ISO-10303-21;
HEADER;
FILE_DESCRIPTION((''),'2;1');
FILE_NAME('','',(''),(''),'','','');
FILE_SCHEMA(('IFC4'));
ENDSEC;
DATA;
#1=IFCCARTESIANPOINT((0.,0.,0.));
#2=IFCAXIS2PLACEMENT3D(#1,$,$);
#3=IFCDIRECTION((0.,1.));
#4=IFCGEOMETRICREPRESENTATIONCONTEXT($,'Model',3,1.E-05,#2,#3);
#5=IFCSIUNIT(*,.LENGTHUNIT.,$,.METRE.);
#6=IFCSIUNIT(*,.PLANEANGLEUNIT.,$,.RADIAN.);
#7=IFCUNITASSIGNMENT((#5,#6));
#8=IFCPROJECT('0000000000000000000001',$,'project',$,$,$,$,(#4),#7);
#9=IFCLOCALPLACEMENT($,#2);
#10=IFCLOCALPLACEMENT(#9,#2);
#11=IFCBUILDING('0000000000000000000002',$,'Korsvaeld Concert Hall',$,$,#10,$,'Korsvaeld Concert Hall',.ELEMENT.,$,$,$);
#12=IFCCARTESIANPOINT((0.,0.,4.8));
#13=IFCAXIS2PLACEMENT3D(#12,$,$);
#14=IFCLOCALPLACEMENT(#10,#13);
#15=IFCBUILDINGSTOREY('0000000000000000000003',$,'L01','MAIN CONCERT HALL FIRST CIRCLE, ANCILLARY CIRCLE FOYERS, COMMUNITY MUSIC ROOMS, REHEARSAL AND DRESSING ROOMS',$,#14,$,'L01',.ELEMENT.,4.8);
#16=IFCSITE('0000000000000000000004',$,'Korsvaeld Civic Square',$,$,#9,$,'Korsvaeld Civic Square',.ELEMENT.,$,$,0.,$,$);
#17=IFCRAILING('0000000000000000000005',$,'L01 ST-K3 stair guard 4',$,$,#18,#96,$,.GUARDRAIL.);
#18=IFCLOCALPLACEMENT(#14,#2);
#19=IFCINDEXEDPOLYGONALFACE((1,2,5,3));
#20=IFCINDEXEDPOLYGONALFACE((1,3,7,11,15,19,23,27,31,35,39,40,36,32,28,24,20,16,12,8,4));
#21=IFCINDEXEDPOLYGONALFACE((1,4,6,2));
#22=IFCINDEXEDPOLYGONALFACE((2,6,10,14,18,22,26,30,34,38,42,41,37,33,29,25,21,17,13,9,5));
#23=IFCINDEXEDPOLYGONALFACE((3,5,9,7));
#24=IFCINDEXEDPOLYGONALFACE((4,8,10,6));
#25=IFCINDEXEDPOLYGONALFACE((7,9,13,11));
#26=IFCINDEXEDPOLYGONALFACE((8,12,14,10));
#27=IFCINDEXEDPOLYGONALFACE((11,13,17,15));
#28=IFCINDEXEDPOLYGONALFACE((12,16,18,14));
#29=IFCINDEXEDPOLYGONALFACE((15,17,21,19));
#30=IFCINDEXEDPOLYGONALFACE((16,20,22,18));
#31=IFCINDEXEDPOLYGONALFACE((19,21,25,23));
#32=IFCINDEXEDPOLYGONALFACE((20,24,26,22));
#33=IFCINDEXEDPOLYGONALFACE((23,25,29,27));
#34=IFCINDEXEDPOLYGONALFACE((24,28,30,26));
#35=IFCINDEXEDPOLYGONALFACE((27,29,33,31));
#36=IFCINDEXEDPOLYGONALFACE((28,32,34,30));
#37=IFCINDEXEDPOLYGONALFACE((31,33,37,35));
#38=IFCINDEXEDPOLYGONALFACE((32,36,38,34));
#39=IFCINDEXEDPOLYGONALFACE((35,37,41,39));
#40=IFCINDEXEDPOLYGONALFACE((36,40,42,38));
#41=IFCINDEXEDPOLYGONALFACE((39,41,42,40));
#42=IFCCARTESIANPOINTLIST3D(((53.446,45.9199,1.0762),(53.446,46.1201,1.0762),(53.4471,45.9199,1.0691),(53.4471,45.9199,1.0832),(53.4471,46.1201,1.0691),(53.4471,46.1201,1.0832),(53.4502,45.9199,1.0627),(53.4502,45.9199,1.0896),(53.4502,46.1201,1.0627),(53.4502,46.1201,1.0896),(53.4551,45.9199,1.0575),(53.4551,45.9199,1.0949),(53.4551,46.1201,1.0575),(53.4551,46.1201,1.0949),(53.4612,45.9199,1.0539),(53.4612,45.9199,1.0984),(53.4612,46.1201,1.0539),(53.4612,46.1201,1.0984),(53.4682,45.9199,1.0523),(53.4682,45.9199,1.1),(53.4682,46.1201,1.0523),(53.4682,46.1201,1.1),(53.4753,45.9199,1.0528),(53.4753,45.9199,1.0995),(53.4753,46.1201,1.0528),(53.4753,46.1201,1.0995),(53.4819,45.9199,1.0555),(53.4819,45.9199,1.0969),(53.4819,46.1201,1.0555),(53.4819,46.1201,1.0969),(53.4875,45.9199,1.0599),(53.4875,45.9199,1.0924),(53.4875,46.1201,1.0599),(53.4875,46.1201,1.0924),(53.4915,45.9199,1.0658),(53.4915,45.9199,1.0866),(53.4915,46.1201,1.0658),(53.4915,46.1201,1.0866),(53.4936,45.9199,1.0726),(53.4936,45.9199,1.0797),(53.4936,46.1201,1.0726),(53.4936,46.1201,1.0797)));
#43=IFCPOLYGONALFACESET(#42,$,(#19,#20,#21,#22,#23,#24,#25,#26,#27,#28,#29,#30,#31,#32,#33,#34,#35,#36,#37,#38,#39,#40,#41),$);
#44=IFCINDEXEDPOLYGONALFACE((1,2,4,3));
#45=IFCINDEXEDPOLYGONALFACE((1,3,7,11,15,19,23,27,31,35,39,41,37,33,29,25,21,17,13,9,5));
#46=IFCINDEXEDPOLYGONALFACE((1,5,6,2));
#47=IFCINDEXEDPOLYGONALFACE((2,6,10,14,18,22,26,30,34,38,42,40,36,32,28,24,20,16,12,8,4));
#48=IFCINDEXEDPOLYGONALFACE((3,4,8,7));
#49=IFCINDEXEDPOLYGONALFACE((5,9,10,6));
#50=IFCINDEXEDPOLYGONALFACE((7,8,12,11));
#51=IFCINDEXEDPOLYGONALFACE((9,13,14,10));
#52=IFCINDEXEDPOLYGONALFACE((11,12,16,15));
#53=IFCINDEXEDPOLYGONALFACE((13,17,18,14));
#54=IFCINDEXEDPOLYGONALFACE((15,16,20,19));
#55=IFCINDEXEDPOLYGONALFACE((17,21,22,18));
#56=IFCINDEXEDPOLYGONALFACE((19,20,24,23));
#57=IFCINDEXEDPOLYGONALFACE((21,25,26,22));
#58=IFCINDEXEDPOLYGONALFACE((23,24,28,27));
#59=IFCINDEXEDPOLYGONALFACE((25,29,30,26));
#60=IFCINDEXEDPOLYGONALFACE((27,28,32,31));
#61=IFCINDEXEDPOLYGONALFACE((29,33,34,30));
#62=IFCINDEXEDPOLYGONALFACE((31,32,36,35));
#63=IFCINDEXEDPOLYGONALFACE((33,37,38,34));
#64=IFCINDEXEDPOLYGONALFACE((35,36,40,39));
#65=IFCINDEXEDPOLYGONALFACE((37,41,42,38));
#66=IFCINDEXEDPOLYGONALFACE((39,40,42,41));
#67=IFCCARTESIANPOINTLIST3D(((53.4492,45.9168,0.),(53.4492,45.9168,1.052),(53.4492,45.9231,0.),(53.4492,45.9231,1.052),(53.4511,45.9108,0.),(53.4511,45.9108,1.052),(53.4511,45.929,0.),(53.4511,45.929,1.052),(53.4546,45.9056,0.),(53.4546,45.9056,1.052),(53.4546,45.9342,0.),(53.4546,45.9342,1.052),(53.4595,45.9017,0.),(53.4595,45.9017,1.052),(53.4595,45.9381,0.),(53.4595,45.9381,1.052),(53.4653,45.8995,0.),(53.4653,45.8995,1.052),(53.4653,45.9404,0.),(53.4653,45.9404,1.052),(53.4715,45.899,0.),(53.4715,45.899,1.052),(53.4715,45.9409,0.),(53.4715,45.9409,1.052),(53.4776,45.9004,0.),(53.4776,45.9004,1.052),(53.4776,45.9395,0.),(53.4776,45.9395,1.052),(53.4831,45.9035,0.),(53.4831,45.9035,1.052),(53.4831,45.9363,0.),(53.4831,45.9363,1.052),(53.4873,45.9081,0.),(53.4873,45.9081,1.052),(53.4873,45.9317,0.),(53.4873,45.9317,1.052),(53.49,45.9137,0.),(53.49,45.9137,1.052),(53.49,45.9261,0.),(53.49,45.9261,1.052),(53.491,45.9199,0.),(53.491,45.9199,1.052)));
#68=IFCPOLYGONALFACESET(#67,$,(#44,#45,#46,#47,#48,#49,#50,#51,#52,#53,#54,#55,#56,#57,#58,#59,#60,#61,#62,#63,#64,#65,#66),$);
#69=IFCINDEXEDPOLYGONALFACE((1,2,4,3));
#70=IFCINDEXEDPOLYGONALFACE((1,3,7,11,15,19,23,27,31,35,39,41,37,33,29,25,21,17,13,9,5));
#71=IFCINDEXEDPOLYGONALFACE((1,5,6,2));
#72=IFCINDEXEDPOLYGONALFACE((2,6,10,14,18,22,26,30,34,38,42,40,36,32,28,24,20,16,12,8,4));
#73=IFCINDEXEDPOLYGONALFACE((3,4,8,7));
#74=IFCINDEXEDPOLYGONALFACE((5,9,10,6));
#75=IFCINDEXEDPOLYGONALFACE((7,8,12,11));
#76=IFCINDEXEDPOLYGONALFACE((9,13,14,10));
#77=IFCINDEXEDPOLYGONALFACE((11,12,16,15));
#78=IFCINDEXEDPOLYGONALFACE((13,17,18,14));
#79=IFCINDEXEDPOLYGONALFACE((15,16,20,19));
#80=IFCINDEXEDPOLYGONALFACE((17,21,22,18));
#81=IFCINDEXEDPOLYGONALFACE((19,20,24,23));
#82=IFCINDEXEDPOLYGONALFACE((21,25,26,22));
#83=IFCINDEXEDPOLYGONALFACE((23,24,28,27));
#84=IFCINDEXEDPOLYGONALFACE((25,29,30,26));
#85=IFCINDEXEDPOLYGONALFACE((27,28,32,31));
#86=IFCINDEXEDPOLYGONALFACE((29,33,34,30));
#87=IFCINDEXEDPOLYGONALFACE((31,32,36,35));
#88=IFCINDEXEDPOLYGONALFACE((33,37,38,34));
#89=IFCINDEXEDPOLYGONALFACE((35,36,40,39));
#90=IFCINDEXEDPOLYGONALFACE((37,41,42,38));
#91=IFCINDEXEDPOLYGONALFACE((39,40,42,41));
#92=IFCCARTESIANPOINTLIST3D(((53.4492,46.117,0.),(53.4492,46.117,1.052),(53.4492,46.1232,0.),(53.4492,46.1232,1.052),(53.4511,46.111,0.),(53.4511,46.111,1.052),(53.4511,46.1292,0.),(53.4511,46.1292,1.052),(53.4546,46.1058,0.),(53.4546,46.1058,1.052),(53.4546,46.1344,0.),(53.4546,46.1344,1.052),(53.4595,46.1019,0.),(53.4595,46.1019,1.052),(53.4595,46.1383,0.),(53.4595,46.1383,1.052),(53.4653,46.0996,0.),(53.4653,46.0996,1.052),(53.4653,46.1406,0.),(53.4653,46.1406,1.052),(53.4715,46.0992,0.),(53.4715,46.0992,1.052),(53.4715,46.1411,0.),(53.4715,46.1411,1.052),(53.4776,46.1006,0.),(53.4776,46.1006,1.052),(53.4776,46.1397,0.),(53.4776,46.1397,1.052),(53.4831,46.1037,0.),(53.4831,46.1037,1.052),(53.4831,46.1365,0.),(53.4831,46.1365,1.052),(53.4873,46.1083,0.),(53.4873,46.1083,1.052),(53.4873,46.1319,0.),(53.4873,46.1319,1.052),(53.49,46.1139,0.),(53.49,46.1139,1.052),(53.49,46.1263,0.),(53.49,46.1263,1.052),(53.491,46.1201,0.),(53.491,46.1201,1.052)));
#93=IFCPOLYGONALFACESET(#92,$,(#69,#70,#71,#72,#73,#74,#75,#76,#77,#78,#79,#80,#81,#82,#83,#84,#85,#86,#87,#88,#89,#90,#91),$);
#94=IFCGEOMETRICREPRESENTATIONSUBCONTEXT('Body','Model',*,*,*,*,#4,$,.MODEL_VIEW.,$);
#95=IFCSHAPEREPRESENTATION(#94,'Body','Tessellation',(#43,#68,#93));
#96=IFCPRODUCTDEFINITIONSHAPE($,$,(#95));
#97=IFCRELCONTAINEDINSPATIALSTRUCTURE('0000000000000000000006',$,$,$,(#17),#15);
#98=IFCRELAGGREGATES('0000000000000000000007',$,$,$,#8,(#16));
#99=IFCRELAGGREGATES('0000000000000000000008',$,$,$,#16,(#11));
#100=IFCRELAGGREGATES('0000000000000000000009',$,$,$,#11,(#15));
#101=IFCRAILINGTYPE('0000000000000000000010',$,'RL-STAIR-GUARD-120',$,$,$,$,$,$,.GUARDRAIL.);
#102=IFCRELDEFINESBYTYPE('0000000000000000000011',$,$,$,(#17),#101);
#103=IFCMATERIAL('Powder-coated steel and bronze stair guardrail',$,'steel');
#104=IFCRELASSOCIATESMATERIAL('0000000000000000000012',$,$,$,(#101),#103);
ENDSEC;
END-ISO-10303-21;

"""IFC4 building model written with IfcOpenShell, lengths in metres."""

from ifc_helpers import new_model, si_unit, direction, frame, origin, origin_2d, place, context, subcontext, project, spatial, circle, extrude, material, type_object, element, save


model = new_model("IFC4")

# Units and contexts
model_context = context("Model", 3, precision=1e-05, world=origin(), true_north=direction((0.0, 1.0)))
body_context = subcontext(model_context, "Body", "Model", "MODEL_VIEW")
ifc_project = project(units=[si_unit("LENGTHUNIT", "METRE"), si_unit("PLANEANGLEUNIT", "RADIAN")], contexts=[model_context])

# Site, building, storey
site_placement = place(None, origin())
site = spatial("IfcSite", under=ifc_project, at=site_placement, Name="Korsvaeld Civic Square", LongName="Korsvaeld Civic Square", CompositionType="ELEMENT", RefElevation=0.0)
building_placement = place(site_placement, origin())
building = spatial("IfcBuilding", under=site, at=building_placement, Name="Korsvaeld Concert Hall", LongName="Korsvaeld Concert Hall", CompositionType="ELEMENT")
storey_placement = place(building_placement, frame((0.0, 0.0, 4.8)))
storey = spatial("IfcBuildingStorey", under=building, at=storey_placement, Name="L01", Description="MAIN CONCERT HALL FIRST CIRCLE, ANCILLARY CIRCLE FOYERS, COMMUNITY MUSIC ROOMS, REHEARSAL AND DRESSING ROOMS", LongName="L01", CompositionType="ELEMENT", Elevation=4.8)

# Railing
ifc_material_1 = material(Name="Powder-coated steel and bronze stair guardrail", Category="steel")
railing_type_1 = type_object("IfcRailingType", Name="RL-STAIR-GUARD-120", PredefinedType="GUARDRAIL", material=ifc_material_1)
railing_1_placement = place(storey_placement, frame((53.47, 45.9199, 0.0)))
element("IfcRailing", 1, at=railing_1_placement, inside=storey, type_object=railing_type_1, Name="L01 ST-K3 stair guard 4", PredefinedType="GUARDRAIL", context=body_context, shape_type="SweptSolid", body=[
    extrude(circle(Radius=0.0239, at=origin_2d()), frame((0.0, 0.0, 1.0762), z_axis=(0.0, 1.0, 0.0), x_axis=(-1.0, 0.0, 0.0)), (0.0, 0.0, 1.0), 0.2002),
    extrude(circle(Radius=0.021, at=origin_2d()), origin(), (0.0, 0.0, 1.0), 1.052),
    extrude(circle(Radius=0.021, at=origin_2d()), frame((0.0, 0.2002, 0.0)), (0.0, 0.0, 1.0), 1.052),
])

save(model, "model.ifc")
